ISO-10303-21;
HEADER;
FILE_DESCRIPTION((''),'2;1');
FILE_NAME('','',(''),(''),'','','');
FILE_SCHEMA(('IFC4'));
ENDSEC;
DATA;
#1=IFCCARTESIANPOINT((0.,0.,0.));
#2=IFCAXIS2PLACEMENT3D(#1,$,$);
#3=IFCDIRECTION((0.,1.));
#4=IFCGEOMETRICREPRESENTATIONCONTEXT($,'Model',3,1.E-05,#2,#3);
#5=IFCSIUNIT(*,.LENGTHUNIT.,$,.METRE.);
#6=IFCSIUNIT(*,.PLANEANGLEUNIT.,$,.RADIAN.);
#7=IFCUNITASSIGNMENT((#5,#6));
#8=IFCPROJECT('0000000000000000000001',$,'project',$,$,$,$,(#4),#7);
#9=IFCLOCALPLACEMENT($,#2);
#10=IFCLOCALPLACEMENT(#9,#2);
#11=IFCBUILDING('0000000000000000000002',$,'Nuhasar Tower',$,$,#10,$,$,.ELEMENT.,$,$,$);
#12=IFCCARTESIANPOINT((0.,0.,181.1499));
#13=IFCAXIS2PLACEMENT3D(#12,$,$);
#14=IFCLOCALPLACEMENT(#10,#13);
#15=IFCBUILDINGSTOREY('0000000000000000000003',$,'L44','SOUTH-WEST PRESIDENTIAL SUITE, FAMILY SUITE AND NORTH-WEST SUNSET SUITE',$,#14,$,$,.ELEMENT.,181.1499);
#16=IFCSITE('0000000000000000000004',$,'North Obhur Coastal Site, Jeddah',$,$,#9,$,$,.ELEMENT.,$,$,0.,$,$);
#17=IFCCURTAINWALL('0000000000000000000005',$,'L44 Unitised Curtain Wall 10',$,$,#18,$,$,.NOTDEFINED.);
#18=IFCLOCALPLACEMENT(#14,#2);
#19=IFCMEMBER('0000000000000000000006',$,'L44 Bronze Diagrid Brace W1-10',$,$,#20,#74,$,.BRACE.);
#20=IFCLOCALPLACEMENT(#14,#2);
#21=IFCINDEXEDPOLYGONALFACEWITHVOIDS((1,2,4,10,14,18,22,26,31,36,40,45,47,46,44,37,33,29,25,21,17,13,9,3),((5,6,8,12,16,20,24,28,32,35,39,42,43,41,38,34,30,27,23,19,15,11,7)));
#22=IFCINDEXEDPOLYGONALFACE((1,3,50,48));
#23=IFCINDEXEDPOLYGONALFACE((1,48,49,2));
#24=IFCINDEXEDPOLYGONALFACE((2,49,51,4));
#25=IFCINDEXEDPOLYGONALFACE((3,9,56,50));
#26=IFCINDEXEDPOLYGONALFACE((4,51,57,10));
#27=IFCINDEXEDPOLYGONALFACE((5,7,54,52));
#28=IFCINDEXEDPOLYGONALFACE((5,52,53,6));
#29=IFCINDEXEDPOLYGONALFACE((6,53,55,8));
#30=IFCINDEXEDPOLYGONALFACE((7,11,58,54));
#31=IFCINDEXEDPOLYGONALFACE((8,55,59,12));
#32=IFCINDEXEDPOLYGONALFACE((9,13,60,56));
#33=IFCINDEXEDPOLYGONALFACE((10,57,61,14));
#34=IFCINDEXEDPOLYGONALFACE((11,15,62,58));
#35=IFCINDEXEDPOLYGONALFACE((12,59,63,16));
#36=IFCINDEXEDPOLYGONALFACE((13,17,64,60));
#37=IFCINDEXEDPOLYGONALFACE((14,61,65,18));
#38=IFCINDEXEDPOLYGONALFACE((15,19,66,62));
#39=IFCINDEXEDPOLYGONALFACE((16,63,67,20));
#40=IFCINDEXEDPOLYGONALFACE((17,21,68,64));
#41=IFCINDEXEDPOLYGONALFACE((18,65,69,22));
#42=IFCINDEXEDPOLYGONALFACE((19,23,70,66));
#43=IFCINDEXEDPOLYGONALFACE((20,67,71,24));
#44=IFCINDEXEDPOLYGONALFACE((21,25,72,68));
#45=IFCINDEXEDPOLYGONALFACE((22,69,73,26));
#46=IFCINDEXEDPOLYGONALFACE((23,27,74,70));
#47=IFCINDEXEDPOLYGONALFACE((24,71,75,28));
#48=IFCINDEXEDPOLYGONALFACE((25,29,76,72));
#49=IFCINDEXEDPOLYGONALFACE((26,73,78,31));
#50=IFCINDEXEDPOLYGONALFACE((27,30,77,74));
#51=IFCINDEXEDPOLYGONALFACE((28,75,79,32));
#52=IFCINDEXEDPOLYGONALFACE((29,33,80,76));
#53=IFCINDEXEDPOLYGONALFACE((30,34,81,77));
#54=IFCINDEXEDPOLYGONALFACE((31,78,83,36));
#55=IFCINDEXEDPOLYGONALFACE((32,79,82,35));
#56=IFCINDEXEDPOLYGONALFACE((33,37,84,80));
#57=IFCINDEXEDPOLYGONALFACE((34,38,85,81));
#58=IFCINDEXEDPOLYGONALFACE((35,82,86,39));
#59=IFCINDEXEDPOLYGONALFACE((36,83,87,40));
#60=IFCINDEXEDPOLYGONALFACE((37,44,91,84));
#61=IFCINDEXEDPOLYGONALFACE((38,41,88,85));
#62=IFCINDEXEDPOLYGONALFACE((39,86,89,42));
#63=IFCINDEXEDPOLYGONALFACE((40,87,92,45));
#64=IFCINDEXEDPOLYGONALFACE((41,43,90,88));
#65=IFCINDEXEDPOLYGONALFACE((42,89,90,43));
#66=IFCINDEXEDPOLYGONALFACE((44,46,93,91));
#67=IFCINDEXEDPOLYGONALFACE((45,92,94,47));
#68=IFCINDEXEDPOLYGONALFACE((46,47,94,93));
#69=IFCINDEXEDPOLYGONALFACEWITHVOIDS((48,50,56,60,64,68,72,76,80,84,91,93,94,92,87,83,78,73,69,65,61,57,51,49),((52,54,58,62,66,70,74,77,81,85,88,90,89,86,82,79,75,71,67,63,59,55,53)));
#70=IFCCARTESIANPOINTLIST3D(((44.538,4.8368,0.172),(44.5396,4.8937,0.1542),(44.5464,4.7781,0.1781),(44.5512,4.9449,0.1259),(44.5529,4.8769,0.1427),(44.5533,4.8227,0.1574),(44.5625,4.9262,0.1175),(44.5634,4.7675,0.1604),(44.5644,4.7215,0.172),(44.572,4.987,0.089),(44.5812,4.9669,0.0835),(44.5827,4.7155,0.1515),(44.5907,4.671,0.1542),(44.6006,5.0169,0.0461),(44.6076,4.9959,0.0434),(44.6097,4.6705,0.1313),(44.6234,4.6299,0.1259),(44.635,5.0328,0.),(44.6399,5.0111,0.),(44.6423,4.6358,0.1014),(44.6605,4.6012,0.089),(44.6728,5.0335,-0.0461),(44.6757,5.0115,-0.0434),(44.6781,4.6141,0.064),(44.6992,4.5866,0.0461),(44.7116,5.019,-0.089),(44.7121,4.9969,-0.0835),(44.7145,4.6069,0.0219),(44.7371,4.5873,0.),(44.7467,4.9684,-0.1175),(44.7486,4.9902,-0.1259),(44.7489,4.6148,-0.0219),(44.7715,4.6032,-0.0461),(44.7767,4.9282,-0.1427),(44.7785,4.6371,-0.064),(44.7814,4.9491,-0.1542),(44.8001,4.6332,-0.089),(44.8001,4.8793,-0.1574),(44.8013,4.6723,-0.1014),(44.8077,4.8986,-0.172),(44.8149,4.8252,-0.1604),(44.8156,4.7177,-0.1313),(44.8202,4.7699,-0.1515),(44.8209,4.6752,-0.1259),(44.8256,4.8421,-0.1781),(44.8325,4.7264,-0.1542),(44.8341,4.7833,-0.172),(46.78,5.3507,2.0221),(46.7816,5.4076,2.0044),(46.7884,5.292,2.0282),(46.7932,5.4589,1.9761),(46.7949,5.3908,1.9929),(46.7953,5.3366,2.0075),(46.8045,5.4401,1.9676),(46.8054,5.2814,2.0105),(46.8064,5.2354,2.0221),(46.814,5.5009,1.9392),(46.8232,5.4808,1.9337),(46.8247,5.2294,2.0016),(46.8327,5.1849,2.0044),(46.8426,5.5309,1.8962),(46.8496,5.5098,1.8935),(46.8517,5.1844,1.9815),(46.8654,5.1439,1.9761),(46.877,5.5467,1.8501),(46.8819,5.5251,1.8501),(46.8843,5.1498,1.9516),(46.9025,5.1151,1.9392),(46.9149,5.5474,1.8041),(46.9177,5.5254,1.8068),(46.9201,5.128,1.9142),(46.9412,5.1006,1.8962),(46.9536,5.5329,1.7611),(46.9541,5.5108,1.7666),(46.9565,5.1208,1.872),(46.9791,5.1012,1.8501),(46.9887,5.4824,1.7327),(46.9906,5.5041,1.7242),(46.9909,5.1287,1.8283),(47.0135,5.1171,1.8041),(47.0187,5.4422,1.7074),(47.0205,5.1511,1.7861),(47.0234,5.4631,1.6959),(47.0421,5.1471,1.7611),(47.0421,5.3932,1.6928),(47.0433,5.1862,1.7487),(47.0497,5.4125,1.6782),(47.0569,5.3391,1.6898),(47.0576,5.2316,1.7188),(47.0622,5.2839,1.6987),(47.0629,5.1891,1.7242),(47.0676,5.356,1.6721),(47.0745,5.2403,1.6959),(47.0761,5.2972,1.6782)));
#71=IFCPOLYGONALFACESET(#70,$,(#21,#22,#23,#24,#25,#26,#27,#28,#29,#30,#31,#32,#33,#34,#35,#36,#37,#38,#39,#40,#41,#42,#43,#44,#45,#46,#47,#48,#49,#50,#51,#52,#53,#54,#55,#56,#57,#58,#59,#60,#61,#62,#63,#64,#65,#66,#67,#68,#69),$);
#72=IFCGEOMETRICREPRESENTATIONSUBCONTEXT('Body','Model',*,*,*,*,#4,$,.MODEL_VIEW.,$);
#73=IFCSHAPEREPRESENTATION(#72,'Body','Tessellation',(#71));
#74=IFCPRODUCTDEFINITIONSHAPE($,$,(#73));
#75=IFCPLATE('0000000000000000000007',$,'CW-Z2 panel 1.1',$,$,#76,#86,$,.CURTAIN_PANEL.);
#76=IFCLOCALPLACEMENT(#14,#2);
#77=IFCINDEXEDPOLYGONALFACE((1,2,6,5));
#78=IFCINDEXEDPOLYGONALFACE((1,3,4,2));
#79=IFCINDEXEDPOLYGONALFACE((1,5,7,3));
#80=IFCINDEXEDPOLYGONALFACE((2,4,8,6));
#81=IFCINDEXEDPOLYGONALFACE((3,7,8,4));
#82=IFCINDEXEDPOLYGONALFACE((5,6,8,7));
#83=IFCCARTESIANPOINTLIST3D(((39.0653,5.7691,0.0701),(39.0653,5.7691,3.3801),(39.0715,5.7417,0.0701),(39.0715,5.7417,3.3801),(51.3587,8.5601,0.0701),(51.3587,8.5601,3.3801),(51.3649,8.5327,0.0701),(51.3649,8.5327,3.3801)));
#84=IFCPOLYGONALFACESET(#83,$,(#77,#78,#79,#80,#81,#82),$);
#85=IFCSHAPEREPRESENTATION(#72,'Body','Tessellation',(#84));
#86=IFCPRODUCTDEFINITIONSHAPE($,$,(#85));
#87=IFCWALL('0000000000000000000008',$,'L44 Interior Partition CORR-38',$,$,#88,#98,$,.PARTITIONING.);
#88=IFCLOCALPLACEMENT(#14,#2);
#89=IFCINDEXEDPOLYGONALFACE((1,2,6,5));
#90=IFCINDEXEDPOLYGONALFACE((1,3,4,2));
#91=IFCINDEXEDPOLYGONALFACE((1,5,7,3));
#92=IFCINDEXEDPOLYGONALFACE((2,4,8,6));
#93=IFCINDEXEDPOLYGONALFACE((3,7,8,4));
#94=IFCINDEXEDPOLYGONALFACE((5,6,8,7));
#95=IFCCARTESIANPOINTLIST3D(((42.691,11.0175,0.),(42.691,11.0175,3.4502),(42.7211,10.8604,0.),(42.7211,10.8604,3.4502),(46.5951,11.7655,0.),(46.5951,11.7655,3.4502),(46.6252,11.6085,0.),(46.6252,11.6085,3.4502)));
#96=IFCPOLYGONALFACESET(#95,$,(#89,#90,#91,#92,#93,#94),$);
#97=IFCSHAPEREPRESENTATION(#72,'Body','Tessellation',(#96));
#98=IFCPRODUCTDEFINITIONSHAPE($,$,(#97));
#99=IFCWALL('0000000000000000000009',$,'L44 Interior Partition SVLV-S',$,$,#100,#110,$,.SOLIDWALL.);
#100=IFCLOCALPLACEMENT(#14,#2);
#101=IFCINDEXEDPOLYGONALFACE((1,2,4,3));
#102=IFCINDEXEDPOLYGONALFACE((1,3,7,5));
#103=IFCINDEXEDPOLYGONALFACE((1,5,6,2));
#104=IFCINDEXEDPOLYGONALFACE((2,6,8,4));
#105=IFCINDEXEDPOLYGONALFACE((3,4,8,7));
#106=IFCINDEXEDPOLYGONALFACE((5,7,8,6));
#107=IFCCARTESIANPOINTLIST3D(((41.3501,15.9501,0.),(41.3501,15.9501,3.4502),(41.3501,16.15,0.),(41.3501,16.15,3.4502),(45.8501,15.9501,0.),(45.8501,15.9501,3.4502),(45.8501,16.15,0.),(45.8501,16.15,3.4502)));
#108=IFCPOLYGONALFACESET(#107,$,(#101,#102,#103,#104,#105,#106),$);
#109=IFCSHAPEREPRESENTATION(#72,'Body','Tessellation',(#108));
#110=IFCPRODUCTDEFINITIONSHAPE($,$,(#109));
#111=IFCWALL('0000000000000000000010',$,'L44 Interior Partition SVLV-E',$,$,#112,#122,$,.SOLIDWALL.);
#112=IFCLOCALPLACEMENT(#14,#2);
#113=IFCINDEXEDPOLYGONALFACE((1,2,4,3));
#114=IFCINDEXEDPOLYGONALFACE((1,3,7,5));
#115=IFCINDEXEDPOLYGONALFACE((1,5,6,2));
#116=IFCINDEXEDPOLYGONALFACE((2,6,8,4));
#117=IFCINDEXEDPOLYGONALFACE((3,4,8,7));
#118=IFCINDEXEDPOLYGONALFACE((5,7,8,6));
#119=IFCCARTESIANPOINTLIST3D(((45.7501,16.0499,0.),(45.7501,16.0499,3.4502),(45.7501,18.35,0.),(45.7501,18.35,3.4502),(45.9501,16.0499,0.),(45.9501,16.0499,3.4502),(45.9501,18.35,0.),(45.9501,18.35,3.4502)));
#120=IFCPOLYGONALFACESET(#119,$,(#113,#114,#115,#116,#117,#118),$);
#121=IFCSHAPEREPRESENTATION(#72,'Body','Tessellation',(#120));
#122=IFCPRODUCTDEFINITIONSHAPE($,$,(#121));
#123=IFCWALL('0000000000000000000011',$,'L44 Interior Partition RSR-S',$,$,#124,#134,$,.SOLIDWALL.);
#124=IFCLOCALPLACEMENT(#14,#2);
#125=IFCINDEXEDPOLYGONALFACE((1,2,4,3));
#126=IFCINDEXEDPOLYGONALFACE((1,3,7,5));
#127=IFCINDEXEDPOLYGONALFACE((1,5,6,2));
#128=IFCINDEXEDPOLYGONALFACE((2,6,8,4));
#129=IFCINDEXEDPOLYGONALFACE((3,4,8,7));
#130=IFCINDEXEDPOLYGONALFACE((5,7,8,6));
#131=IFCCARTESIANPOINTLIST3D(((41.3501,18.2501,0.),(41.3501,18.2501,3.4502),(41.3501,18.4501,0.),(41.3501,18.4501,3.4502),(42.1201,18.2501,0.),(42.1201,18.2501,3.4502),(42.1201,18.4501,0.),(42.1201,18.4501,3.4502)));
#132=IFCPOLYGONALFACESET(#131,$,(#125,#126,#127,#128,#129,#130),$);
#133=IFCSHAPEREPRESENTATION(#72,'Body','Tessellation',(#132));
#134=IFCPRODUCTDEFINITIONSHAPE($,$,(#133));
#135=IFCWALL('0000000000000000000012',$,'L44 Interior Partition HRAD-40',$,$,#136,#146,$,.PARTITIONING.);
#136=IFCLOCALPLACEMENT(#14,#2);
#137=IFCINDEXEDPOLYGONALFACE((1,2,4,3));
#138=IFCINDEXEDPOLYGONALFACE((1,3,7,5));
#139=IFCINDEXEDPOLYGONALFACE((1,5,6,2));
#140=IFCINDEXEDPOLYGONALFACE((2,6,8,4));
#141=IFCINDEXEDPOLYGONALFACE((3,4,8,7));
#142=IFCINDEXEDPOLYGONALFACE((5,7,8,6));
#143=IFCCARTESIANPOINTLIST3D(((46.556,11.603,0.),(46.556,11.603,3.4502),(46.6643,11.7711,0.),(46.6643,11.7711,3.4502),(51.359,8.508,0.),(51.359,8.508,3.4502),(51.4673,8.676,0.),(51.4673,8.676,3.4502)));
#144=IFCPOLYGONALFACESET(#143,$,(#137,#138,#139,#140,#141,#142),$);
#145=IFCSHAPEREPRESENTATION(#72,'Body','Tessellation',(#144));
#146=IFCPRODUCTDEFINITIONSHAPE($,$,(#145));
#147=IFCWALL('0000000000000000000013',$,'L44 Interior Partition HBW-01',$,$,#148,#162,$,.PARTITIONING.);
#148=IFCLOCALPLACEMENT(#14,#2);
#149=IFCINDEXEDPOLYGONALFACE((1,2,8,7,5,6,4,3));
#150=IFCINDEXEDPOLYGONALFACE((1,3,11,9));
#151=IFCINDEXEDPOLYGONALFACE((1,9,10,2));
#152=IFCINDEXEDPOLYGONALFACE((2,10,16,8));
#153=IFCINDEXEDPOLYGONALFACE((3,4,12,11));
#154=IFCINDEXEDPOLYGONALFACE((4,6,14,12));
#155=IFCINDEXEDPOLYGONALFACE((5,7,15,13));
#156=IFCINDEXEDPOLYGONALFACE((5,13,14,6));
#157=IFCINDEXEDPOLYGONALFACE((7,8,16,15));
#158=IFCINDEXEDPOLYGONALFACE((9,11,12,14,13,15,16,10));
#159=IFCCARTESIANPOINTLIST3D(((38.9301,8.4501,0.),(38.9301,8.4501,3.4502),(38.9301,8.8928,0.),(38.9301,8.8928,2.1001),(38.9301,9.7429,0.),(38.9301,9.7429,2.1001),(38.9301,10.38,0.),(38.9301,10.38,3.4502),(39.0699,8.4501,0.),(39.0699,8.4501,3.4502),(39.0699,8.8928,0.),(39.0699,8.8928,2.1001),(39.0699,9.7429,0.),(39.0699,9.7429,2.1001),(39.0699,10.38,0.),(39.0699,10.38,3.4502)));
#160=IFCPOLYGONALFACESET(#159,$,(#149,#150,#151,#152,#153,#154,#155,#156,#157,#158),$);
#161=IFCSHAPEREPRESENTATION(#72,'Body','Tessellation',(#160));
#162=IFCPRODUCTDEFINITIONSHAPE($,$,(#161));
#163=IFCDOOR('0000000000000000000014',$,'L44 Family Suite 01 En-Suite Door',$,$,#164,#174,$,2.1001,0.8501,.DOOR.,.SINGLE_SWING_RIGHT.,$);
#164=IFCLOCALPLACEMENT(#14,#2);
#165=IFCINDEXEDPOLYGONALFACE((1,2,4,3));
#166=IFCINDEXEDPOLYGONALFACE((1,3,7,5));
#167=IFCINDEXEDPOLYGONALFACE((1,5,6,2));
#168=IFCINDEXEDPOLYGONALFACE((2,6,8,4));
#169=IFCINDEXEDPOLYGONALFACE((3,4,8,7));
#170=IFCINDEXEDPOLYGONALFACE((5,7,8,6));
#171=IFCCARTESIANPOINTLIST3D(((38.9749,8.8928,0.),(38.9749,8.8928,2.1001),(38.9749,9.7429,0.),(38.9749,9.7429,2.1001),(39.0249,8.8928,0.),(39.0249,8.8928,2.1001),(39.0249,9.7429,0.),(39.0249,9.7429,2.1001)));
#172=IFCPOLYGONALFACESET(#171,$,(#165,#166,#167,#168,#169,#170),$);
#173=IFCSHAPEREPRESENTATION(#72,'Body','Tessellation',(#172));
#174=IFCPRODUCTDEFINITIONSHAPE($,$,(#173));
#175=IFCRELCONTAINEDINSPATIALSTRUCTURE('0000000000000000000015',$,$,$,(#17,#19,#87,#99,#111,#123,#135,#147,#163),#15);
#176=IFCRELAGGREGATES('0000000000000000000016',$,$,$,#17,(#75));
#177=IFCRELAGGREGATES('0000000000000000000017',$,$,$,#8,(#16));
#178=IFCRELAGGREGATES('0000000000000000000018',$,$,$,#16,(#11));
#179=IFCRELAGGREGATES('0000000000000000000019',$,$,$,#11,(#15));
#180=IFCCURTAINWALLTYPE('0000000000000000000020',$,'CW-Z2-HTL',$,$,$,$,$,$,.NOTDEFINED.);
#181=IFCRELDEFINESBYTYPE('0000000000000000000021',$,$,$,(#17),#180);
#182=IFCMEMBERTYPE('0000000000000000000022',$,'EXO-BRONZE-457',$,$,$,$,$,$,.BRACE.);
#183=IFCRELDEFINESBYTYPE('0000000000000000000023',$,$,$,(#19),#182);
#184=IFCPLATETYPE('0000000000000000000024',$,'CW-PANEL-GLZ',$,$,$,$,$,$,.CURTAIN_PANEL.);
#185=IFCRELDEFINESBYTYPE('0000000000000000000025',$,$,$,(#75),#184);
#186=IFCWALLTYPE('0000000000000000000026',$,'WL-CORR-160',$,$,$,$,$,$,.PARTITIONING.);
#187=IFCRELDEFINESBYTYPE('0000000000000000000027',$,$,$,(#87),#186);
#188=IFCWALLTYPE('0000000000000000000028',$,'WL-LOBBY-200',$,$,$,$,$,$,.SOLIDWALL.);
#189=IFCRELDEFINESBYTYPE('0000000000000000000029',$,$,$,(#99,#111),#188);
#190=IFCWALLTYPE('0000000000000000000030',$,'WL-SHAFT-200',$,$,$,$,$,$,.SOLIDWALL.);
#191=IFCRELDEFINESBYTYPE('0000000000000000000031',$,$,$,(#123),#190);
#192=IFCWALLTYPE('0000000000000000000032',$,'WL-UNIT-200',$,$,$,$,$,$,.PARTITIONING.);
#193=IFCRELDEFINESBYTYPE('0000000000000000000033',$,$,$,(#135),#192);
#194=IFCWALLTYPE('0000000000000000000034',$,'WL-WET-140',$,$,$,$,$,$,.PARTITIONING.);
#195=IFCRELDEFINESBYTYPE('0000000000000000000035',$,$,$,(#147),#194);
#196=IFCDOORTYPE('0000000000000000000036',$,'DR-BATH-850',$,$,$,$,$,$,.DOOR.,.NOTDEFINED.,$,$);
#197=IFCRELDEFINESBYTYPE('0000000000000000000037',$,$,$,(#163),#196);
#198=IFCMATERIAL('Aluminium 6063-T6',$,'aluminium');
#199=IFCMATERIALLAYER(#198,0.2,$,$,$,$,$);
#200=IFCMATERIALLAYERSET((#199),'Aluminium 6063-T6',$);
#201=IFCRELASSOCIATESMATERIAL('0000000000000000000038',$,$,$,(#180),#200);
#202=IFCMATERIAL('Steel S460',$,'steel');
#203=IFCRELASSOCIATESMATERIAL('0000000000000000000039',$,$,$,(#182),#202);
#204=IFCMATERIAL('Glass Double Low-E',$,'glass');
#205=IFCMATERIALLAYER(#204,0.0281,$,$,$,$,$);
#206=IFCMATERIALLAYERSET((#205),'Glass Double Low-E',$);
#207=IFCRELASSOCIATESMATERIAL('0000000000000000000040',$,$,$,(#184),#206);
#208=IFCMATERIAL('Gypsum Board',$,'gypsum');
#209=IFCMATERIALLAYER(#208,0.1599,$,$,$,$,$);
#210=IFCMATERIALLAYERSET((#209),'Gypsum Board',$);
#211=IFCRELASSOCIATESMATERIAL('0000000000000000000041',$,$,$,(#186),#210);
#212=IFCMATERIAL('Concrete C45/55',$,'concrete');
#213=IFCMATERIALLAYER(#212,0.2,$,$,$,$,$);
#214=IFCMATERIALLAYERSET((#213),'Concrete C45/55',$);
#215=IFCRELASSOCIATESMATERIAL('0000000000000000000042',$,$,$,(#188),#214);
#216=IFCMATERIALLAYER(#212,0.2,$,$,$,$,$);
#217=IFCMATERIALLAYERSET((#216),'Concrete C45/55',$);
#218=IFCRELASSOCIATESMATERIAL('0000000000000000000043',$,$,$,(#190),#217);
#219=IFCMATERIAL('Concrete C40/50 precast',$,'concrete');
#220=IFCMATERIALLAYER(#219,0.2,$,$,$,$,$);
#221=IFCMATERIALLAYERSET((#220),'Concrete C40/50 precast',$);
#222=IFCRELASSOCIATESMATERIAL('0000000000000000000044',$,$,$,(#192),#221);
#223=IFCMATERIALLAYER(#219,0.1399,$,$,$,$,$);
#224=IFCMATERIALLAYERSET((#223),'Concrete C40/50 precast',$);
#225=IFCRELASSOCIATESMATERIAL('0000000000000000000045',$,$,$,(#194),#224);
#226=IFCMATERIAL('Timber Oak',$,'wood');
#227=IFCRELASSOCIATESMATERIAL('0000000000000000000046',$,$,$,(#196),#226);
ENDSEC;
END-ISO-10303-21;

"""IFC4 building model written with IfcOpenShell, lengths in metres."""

from ifc_helpers import new_model, si_unit, direction, frame, frame_2d, origin, origin_2d, place, context, subcontext, project, spatial, rectangle, hollow_circle, extrude, material, layer, layer_set, material_profile, profile_set, type_object, element, fill, aggregate, save


model = new_model("IFC4")

# Units and contexts
model_context = context("Model", 3, precision=1e-05, world=origin(), true_north=direction((0.0, 1.0)))
body_context = subcontext(model_context, "Body", "Model", "MODEL_VIEW")
ifc_project = project(units=[si_unit("LENGTHUNIT", "METRE"), si_unit("PLANEANGLEUNIT", "RADIAN")], contexts=[model_context])

# Site, building, storey
site_placement = place(None, origin())
site = spatial("IfcSite", under=ifc_project, at=site_placement, Name="North Obhur Coastal Site, Jeddah", CompositionType="ELEMENT", RefElevation=0.0)
building_placement = place(site_placement, origin())
building = spatial("IfcBuilding", under=site, at=building_placement, Name="Nuhasar Tower", CompositionType="ELEMENT")
storey_placement = place(building_placement, frame((0.0, 0.0, 181.1499)))
storey = spatial("IfcBuildingStorey", under=building, at=storey_placement, Name="L44", Description="SOUTH-WEST PRESIDENTIAL SUITE, FAMILY SUITE AND NORTH-WEST SUNSET SUITE", CompositionType="ELEMENT", Elevation=181.1499)

# Shared definitions
ifc_material_1 = material(Name="Aluminium 6063-T6", Category="aluminium")
ifc_layer_1 = layer(ifc_material_1, 0.2)
ifc_layer_set_1 = layer_set([ifc_layer_1], Name="Aluminium 6063-T6")
curtain_wall_type = type_object("IfcCurtainWallType", Name="CW-Z2-HTL", PredefinedType="NOTDEFINED", material=ifc_layer_set_1)

# Curtain wall
curtain_wall_1_placement = place(storey_placement, origin())
curtain_wall_1 = element("IfcCurtainWall", 1, at=curtain_wall_1_placement, inside=storey, type_object=curtain_wall_type, Name="L44 Unitised Curtain Wall 10", PredefinedType="NOTDEFINED")

# Member
ifc_material_2 = material(Name="Steel S460", Category="steel")
ifc_material_profile_1 = material_profile(ifc_material_2, hollow_circle(Radius=0.2285, WallThickness=0.0222, at=origin_2d()), Name="HSS457X22.2")
ifc_profile_set_1 = profile_set([ifc_material_profile_1], Name="Steel S460")
member_type_1 = type_object("IfcMemberType", Name="EXO-BRONZE-457", PredefinedType="BRACE", material=ifc_profile_set_1)
member_1_placement = place(storey_placement, frame((44.686, 4.8101, 0.0), z_axis=(0.75951, 0.174101, 0.626764), x_axis=(-0.223433, 0.974719, 0.0)))
element("IfcMember", 2, at=member_1_placement, inside=storey, type_object=member_type_1, Name="L44 Bronze Diagrid Brace W1-10", PredefinedType="BRACE", context=body_context, shape_type="SweptSolid", body=[
    extrude(hollow_circle(Radius=0.2285, WallThickness=0.0222, at=origin_2d()), origin(), (0.0, 0.0, 1.0), 2.9519),
])

# Plate
ifc_material_3 = material(Name="Glass Double Low-E", Category="glass")
ifc_layer_2 = layer(ifc_material_3, 0.0281)
ifc_layer_set_2 = layer_set([ifc_layer_2], Name="Glass Double Low-E")
plate_type = type_object("IfcPlateType", Name="CW-PANEL-GLZ", PredefinedType="CURTAIN_PANEL", material=ifc_layer_set_2)
plate_placement = place(storey_placement, frame((45.2151, 7.1509, 0.0701), z_axis=(0.0, 0.0, 1.0), x_axis=(0.975184, 0.221397, 0.0)))
plate = element("IfcPlate", 3, at=plate_placement, type_object=plate_type, Name="CW-Z2 panel 1.1", PredefinedType="CURTAIN_PANEL", context=body_context, shape_type="SweptSolid", body=[
    extrude(rectangle(XDim=12.6062, YDim=0.0281, at=origin_2d()), origin(), (0.0, 0.0, 1.0), 3.3101),
])
aggregate(curtain_wall_1, [plate])

# Shared definitions
ifc_material_4 = material(Name="Gypsum Board", Category="gypsum")
ifc_layer_3 = layer(ifc_material_4, 0.1599)
ifc_layer_set_3 = layer_set([ifc_layer_3], Name="Gypsum Board")
wall_type_1 = type_object("IfcWallType", Name="WL-CORR-160", PredefinedType="PARTITIONING", material=ifc_layer_set_3)
ifc_material_5 = material(Name="Timber Oak", Category="wood")

# Wall
wall_1_placement = place(storey_placement, frame((42.7061, 10.939, 0.0), z_axis=(0.0, 0.0, 1.0), x_axis=(0.982134, 0.188184, 0.0)))
element("IfcWall", 4, at=wall_1_placement, inside=storey, type_object=wall_type_1, Name="L44 Interior Partition CORR-38", PredefinedType="PARTITIONING", context=body_context, shape_type="SweptSolid", body=[
    extrude(rectangle(XDim=3.9751, YDim=0.1599, at=frame_2d((1.9875, 0.0))), origin(), (0.0, 0.0, 1.0), 3.4502),
])

# Shared definitions
ifc_material_6 = material(Name="Concrete C45/55", Category="concrete")
ifc_layer_4 = layer(ifc_material_6, 0.2)
ifc_layer_set_4 = layer_set([ifc_layer_4], Name="Concrete C45/55")
wall_type_2 = type_object("IfcWallType", Name="WL-LOBBY-200", PredefinedType="SOLIDWALL", material=ifc_layer_set_4)

# Walls
wall_2_placement = place(storey_placement, frame((41.3501, 16.05, 0.0), z_axis=(0.0, 0.0, 1.0), x_axis=(1.0, 0.0, 0.0)))
element("IfcWall", 5, at=wall_2_placement, inside=storey, type_object=wall_type_2, Name="L44 Interior Partition SVLV-S", PredefinedType="SOLIDWALL", context=body_context, shape_type="SweptSolid", body=[
    extrude(rectangle(XDim=4.5, YDim=0.2, at=frame_2d((2.25, 0.0))), origin(), (0.0, 0.0, 1.0), 3.4502),
])
wall_3_placement = place(storey_placement, frame((45.8501, 16.05, 0.0), z_axis=(0.0, 0.0, 1.0), x_axis=(0.0, 1.0, 0.0)))
element("IfcWall", 6, at=wall_3_placement, inside=storey, type_object=wall_type_2, Name="L44 Interior Partition SVLV-E", PredefinedType="SOLIDWALL", context=body_context, shape_type="SweptSolid", body=[
    extrude(rectangle(XDim=2.3, YDim=0.2, at=frame_2d((1.1499, 0.0))), origin(), (0.0, 0.0, 1.0), 3.4502),
])
ifc_layer_5 = layer(ifc_material_6, 0.2)
ifc_layer_set_5 = layer_set([ifc_layer_5], Name="Concrete C45/55")
wall_type_3 = type_object("IfcWallType", Name="WL-SHAFT-200", PredefinedType="SOLIDWALL", material=ifc_layer_set_5)
wall_4_placement = place(storey_placement, frame((41.3501, 18.3501, 0.0), z_axis=(0.0, 0.0, 1.0), x_axis=(1.0, 0.0, 0.0)))
element("IfcWall", 7, at=wall_4_placement, inside=storey, type_object=wall_type_3, Name="L44 Interior Partition RSR-S", PredefinedType="SOLIDWALL", context=body_context, shape_type="SweptSolid", body=[
    extrude(rectangle(XDim=0.77, YDim=0.2, at=frame_2d((0.385, 0.0))), origin(), (0.0, 0.0, 1.0), 3.4502),
])
ifc_material_7 = material(Name="Concrete C40/50 precast", Category="concrete")
ifc_layer_6 = layer(ifc_material_7, 0.2)
ifc_layer_set_6 = layer_set([ifc_layer_6], Name="Concrete C40/50 precast")
wall_type_4 = type_object("IfcWallType", Name="WL-UNIT-200", PredefinedType="PARTITIONING", material=ifc_layer_set_6)
wall_5_placement = place(storey_placement, frame((46.6101, 11.687, 0.0), z_axis=(0.0, 0.0, 1.0), x_axis=(0.840594, -0.541666, 0.0)))
element("IfcWall", 8, at=wall_5_placement, inside=storey, type_object=wall_type_4, Name="L44 Interior Partition HRAD-40", PredefinedType="PARTITIONING", context=body_context, shape_type="SweptSolid", body=[
    extrude(rectangle(XDim=5.7139, YDim=0.2, at=frame_2d((2.8569, 0.0))), origin(), (0.0, 0.0, 1.0), 3.4502),
])

# Wall, opening, door
ifc_layer_7 = layer(ifc_material_7, 0.1399)
ifc_layer_set_7 = layer_set([ifc_layer_7], Name="Concrete C40/50 precast")
wall_type_5 = type_object("IfcWallType", Name="WL-WET-140", PredefinedType="PARTITIONING", material=ifc_layer_set_7)
wall_6_placement = place(storey_placement, frame((39.0, 10.3799, 0.0), z_axis=(0.0, 0.0, 1.0), x_axis=(0.0, -1.0, 0.0)))
wall_6 = element("IfcWall", 9, at=wall_6_placement, inside=storey, type_object=wall_type_5, Name="L44 Interior Partition HBW-01", PredefinedType="PARTITIONING", context=body_context, shape_type="SweptSolid", body=[
    extrude(rectangle(XDim=1.9299, YDim=0.1399, at=frame_2d((0.9648, 0.0))), origin(), (0.0, 0.0, 1.0), 3.4502),
])
opening_1_placement = place(wall_6_placement, frame((0.637, 0.0, 0.0)))
opening_1 = element("IfcOpeningElement", 10, at=opening_1_placement, cuts=wall_6, PredefinedType="OPENING", context=body_context, shape_type="SweptSolid", body=[
    extrude(rectangle(XDim=0.8501, YDim=2.1001, at=frame_2d((0.425, 1.05))), frame((0.0, 0.0801, 0.0), z_axis=(0.0, -1.0, 0.0), x_axis=(1.0, 0.0, 0.0)), (0.0, 0.0, 1.0), 0.1599),
])
door_type_1 = type_object("IfcDoorType", Name="DR-BATH-850", OperationType="NOTDEFINED", PredefinedType="DOOR", material=ifc_material_5)
door_1_placement = place(opening_1_placement, origin())
door_1 = element("IfcDoor", 11, at=door_1_placement, inside=storey, type_object=door_type_1, Name="L44 Family Suite 01 En-Suite Door", OperationType="SINGLE_SWING_RIGHT", OverallHeight=2.1001, OverallWidth=0.8501, PredefinedType="DOOR", context=body_context, shape_type="SweptSolid", body=[
    extrude(rectangle(XDim=0.8501, YDim=2.1001, at=frame_2d((0.425, 1.05))), frame((0.0, 0.0249, 0.0), z_axis=(0.0, -1.0, 0.0), x_axis=(1.0, 0.0, 0.0)), (0.0, 0.0, 1.0), 0.05),
])
fill(opening_1, door_1)

save(model, "model.ifc")
